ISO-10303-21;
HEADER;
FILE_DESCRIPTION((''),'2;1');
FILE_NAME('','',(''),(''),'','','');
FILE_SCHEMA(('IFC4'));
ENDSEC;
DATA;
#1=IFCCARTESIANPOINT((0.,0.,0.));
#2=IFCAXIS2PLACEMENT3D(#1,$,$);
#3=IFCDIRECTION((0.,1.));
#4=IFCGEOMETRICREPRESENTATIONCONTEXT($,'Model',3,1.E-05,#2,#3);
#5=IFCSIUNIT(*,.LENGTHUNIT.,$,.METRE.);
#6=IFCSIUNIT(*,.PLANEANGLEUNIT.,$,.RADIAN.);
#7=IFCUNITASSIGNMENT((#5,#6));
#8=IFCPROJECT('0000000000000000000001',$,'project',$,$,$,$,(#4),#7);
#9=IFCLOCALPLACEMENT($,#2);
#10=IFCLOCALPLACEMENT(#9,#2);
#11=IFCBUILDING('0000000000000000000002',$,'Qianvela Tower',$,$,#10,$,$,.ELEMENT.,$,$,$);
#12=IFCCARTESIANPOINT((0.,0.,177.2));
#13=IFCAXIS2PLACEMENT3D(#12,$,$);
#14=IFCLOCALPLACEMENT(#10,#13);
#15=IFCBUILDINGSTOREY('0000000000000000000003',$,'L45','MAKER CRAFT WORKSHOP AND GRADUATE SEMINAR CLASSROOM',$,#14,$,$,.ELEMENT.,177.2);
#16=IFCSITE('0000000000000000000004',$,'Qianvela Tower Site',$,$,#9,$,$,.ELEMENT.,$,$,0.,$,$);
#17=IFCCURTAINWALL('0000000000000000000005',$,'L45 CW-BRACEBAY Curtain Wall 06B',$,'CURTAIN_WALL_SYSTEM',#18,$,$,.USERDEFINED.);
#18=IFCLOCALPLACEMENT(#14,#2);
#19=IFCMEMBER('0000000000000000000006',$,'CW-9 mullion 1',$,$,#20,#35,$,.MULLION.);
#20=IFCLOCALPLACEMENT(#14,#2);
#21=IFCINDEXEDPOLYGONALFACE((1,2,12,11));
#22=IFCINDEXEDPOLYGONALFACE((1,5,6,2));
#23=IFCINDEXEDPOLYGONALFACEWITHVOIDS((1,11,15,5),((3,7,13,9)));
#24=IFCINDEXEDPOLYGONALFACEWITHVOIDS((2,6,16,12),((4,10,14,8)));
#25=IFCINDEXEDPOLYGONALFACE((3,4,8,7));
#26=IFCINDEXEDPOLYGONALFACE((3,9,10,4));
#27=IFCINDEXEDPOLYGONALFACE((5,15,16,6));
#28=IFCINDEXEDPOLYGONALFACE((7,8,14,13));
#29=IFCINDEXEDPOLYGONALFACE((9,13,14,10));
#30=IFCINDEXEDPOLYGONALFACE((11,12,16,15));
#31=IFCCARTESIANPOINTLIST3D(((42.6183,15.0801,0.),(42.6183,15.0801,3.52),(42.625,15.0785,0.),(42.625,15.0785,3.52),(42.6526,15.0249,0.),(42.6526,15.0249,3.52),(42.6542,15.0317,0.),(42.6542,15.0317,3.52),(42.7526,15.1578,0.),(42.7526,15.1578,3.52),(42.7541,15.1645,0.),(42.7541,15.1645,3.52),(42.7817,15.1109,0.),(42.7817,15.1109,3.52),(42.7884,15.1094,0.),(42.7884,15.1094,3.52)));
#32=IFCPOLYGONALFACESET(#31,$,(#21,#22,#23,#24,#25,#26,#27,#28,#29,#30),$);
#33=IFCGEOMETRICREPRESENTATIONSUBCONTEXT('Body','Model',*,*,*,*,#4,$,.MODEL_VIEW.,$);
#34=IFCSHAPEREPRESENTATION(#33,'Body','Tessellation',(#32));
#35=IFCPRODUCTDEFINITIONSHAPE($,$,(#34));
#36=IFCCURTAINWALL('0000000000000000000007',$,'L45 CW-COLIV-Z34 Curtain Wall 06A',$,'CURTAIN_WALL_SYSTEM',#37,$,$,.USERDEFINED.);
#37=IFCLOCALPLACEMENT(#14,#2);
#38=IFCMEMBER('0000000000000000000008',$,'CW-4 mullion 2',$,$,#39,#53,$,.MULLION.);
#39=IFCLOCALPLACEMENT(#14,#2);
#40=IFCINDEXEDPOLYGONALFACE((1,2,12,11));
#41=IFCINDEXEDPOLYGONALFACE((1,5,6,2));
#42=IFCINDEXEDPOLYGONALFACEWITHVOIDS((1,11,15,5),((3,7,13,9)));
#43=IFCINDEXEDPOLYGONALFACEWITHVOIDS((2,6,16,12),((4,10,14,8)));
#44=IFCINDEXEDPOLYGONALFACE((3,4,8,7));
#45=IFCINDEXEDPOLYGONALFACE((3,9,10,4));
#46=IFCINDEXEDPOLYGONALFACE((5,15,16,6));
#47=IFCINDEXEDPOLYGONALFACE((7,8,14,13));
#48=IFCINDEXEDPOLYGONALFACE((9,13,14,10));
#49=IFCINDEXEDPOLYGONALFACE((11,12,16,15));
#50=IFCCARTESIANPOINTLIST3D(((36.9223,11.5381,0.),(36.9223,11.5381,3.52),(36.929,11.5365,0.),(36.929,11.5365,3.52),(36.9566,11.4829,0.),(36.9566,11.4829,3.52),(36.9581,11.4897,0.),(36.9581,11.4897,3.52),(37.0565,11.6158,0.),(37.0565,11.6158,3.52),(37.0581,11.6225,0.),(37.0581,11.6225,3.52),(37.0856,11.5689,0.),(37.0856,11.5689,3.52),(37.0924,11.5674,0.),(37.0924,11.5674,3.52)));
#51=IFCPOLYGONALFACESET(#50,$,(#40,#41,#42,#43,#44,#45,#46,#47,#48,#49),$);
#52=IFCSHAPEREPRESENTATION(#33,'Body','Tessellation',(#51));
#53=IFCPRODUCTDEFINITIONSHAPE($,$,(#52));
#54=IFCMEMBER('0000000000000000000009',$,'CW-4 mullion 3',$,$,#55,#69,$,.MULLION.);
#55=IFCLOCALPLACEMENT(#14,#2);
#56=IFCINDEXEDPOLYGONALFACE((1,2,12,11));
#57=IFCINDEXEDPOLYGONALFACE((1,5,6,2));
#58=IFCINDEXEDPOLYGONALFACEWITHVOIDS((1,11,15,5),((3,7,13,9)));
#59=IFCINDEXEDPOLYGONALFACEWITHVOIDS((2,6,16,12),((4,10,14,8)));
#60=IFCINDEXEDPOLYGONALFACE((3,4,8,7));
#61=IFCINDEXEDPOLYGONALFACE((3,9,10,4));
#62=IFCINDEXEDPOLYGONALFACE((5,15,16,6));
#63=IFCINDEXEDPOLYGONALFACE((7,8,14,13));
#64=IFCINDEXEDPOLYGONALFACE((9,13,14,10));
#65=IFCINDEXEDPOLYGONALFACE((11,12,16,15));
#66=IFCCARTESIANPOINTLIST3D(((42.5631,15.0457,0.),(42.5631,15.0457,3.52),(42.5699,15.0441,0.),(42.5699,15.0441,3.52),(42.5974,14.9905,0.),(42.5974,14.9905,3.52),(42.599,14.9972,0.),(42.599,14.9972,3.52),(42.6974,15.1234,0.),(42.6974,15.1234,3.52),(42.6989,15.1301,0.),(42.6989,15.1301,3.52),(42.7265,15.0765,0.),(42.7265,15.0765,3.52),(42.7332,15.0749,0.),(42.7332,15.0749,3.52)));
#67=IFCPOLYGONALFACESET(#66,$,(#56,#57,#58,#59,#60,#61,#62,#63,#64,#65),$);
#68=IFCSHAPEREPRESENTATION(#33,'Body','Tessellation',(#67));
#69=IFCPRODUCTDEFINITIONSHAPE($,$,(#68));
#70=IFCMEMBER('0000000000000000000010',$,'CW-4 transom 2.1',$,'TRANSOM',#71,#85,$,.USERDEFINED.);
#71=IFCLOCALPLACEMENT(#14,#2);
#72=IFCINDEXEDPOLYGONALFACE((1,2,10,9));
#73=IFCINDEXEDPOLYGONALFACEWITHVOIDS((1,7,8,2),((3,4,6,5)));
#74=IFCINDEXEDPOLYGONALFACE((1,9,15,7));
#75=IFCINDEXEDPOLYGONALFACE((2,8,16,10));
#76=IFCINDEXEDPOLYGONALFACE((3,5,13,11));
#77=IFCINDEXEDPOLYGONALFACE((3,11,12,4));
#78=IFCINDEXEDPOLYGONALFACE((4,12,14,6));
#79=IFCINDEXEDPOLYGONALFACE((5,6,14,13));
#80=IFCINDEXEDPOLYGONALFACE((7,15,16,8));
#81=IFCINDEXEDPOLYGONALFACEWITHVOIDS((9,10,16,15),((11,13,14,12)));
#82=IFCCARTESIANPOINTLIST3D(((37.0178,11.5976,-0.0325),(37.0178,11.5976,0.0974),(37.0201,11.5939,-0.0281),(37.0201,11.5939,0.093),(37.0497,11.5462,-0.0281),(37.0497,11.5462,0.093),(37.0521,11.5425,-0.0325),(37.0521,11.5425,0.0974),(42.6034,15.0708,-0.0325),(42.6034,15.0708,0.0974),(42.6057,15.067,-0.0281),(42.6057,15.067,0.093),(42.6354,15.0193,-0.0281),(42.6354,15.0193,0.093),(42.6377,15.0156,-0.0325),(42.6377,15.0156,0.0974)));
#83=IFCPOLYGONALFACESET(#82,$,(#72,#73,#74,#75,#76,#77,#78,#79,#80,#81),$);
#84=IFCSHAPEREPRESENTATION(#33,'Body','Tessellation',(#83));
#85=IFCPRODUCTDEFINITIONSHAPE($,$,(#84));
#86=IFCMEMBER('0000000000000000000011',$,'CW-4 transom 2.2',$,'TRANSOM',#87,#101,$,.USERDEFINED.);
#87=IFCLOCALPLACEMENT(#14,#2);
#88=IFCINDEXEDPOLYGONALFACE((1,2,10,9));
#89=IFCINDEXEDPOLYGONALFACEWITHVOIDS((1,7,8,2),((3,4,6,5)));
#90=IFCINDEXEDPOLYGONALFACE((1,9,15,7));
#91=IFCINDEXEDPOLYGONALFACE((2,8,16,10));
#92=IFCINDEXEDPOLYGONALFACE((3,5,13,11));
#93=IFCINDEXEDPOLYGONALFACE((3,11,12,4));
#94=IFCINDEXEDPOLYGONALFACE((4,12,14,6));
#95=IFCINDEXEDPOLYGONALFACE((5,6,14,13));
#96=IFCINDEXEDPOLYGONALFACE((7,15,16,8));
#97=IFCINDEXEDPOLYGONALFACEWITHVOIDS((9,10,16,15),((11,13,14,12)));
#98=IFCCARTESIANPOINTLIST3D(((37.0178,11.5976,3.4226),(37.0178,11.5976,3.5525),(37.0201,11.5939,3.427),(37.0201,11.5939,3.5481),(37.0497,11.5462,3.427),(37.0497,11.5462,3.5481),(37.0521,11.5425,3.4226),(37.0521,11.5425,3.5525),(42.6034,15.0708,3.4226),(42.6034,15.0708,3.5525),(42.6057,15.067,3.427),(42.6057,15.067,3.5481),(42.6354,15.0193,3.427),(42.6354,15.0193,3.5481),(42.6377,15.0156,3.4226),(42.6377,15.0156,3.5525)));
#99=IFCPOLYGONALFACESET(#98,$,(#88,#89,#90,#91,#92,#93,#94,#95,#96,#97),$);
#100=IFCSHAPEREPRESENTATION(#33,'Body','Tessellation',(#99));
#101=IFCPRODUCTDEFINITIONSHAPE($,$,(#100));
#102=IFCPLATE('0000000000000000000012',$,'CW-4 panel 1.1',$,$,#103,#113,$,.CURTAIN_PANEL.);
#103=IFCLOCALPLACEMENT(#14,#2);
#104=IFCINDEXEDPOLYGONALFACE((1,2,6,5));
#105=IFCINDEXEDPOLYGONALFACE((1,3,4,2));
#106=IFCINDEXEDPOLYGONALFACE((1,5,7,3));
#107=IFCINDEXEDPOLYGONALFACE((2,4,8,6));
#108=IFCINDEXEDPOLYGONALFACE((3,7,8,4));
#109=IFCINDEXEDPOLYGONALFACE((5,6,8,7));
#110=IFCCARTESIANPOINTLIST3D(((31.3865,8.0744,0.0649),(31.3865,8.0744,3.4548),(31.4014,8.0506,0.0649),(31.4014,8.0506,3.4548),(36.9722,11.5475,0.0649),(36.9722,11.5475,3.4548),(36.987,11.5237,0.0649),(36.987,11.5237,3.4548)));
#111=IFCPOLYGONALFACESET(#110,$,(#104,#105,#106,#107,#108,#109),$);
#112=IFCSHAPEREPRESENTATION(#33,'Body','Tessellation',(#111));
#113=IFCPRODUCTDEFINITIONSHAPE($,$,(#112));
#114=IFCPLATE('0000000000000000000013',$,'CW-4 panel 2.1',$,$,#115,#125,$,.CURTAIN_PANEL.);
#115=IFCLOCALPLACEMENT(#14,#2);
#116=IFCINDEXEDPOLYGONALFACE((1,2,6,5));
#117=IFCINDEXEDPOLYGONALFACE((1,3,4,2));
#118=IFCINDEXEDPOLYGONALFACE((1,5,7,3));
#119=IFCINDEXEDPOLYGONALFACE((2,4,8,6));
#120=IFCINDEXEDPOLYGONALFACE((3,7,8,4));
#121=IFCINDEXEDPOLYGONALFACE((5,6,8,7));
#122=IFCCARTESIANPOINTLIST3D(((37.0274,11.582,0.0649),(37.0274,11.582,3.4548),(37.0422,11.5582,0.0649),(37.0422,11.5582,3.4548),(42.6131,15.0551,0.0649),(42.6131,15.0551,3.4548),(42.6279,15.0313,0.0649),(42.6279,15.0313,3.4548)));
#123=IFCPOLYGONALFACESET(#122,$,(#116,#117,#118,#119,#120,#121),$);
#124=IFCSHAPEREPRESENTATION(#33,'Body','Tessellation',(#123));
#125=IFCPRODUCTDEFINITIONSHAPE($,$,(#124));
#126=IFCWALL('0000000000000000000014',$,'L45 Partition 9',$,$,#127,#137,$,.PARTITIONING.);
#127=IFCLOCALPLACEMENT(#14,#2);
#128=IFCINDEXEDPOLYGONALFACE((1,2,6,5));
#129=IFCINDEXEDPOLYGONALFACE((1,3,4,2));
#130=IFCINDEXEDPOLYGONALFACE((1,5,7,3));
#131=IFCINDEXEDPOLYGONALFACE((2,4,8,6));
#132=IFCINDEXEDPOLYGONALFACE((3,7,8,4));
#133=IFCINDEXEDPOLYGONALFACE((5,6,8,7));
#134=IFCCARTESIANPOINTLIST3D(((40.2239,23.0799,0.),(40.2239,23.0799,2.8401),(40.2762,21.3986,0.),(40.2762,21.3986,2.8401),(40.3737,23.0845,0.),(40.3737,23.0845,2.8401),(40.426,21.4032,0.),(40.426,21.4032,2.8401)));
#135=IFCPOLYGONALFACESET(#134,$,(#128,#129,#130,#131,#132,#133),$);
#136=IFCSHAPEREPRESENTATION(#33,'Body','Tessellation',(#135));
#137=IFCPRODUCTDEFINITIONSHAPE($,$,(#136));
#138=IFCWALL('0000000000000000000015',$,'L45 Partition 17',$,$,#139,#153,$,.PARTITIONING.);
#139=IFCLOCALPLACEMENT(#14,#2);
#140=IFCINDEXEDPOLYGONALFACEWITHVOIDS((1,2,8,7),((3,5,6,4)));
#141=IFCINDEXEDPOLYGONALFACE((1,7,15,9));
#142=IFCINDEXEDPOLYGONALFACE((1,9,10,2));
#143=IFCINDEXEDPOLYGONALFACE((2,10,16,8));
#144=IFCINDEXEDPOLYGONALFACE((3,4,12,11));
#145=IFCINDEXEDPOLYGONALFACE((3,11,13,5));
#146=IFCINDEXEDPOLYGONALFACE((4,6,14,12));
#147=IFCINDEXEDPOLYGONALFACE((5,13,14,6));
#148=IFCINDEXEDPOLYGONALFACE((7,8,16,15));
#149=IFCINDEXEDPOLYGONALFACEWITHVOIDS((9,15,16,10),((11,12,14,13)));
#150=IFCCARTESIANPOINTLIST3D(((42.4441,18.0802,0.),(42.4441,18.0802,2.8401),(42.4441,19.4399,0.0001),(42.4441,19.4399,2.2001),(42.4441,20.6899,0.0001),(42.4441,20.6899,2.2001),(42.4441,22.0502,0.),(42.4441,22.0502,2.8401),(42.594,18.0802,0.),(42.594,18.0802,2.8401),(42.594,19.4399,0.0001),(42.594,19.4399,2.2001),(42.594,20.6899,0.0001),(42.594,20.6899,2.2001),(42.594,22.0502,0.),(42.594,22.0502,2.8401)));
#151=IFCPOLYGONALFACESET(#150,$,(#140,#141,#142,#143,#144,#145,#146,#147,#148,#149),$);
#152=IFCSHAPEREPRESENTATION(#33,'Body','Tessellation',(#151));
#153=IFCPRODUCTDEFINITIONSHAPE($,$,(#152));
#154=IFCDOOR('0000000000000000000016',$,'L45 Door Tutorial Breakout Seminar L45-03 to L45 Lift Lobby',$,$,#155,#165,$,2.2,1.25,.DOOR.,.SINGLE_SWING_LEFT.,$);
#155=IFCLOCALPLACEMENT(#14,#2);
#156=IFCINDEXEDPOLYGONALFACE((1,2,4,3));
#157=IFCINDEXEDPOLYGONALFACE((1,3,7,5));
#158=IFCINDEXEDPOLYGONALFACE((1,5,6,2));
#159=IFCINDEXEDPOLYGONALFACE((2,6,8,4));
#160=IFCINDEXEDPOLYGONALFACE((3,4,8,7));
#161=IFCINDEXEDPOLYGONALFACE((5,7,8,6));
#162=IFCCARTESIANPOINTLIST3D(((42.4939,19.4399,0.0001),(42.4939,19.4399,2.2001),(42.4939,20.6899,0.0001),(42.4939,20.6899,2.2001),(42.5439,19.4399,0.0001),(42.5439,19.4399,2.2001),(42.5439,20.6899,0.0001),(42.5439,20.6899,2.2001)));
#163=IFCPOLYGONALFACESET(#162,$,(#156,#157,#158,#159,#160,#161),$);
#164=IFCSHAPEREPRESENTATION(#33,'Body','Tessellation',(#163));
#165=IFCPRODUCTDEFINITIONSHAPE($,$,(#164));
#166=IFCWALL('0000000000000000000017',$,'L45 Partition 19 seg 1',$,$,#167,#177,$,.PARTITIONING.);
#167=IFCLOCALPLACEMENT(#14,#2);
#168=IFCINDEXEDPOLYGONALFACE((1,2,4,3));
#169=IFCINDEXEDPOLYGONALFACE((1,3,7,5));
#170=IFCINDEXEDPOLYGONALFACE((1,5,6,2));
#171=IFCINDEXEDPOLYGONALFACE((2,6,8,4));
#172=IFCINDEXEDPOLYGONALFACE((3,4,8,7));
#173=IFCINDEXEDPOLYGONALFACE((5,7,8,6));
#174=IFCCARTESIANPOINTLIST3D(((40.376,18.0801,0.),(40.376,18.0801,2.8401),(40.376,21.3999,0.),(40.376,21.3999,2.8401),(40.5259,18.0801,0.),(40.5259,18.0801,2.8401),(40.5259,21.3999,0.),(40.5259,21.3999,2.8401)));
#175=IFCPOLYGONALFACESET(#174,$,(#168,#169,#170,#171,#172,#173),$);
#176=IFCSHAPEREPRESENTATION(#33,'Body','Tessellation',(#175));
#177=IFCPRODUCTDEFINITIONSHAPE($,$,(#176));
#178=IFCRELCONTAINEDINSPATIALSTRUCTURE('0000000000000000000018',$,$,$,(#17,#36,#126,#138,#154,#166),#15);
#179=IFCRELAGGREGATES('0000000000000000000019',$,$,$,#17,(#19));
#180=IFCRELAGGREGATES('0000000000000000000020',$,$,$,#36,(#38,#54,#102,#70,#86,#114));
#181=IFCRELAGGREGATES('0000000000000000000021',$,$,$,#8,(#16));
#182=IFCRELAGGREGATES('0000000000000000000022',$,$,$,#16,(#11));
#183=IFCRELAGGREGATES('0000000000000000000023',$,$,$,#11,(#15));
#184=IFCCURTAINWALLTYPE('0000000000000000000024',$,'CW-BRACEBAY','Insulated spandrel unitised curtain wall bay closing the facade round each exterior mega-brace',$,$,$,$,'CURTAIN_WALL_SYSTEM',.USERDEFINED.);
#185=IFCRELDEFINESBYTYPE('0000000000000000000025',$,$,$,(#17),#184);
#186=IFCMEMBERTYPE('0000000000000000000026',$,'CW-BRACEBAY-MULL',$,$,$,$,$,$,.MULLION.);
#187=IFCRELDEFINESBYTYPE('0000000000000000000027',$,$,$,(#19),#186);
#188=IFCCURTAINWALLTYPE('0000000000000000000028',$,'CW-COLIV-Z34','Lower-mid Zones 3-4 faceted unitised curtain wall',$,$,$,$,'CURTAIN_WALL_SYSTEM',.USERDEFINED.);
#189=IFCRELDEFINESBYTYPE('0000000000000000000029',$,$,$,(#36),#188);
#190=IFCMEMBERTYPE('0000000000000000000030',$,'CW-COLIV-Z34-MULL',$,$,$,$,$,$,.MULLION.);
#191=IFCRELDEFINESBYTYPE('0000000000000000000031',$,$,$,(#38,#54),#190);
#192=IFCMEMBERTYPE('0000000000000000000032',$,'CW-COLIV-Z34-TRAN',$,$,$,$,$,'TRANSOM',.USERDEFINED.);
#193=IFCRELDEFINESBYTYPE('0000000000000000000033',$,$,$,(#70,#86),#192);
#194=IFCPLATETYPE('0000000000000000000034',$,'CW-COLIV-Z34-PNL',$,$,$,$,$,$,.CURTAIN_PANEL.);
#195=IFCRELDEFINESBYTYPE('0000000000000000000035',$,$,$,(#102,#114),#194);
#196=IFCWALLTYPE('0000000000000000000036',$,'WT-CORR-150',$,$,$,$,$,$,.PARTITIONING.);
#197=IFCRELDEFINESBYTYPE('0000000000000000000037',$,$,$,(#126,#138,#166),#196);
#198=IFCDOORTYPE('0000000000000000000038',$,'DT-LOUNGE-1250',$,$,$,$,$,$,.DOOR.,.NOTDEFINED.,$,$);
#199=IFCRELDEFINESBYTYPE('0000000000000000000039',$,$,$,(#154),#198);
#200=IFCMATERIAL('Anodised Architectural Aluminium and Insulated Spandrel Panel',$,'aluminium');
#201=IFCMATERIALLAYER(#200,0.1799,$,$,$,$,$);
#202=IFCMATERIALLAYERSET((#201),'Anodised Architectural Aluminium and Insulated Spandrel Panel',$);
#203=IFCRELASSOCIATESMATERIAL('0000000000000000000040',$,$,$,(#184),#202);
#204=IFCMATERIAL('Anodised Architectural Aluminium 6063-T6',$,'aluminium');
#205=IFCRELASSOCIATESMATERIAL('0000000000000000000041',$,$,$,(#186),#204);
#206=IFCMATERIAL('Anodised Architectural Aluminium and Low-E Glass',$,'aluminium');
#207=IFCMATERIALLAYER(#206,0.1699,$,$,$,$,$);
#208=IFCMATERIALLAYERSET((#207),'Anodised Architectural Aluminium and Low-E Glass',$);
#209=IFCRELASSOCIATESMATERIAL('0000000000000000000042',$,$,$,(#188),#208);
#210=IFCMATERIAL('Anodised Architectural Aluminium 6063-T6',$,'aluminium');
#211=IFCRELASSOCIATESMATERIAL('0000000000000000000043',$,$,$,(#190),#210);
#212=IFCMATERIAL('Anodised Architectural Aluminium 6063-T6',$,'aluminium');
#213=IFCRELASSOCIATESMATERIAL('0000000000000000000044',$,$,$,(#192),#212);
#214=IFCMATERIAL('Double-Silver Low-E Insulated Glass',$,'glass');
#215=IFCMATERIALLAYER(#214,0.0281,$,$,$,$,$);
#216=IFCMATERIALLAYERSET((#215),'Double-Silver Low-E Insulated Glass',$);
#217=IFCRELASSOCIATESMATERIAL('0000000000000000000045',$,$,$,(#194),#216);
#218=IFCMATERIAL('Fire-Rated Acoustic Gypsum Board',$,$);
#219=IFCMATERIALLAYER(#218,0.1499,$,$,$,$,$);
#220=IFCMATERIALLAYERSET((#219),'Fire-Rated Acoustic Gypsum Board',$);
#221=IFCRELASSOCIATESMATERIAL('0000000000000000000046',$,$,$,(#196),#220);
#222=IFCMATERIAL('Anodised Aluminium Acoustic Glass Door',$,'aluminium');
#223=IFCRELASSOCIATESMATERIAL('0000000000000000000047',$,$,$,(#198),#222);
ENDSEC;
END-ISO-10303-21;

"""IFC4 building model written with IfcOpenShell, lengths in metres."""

from ifc_helpers import new_model, si_unit, direction, frame, frame_2d, origin, origin_2d, place, context, subcontext, project, spatial, rectangle, hollow_rectangle, extrude, material, layer, layer_set, material_profile, profile_set, type_object, element, fill, aggregate, save


model = new_model("IFC4")

# Units and contexts
model_context = context("Model", 3, precision=1e-05, world=origin(), true_north=direction((0.0, 1.0)))
body_context = subcontext(model_context, "Body", "Model", "MODEL_VIEW")
ifc_project = project(units=[si_unit("LENGTHUNIT", "METRE"), si_unit("PLANEANGLEUNIT", "RADIAN")], contexts=[model_context])

# Site, building, storey
site_placement = place(None, origin())
site = spatial("IfcSite", under=ifc_project, at=site_placement, Name="Qianvela Tower Site", CompositionType="ELEMENT", RefElevation=0.0)
building_placement = place(site_placement, origin())
building = spatial("IfcBuilding", under=site, at=building_placement, Name="Qianvela Tower", CompositionType="ELEMENT")
storey_placement = place(building_placement, frame((0.0, 0.0, 177.2)))
storey = spatial("IfcBuildingStorey", under=building, at=storey_placement, Name="L45", Description="MAKER CRAFT WORKSHOP AND GRADUATE SEMINAR CLASSROOM", CompositionType="ELEMENT", Elevation=177.2)

# Curtain wall, member
ifc_material_1 = material(Name="Anodised Architectural Aluminium and Insulated Spandrel Panel", Category="aluminium")
ifc_layer_1 = layer(ifc_material_1, 0.1799)
ifc_layer_set_1 = layer_set([ifc_layer_1], Name="Anodised Architectural Aluminium and Insulated Spandrel Panel")
curtain_wall_type_1 = type_object("IfcCurtainWallType", Name="CW-BRACEBAY", Description="Insulated spandrel unitised curtain wall bay closing the facade round each exterior mega-brace", ElementType="CURTAIN_WALL_SYSTEM", PredefinedType="USERDEFINED", material=ifc_layer_set_1)
curtain_wall_1_placement = place(storey_placement, origin())
curtain_wall_1 = element("IfcCurtainWall", 1, at=curtain_wall_1_placement, inside=storey, type_object=curtain_wall_type_1, Name="L45 CW-BRACEBAY Curtain Wall 06B", ObjectType="CURTAIN_WALL_SYSTEM", PredefinedType="USERDEFINED")
ifc_material_2 = material(Name="Anodised Architectural Aluminium 6063-T6", Category="aluminium")
ifc_material_profile_1 = material_profile(ifc_material_2, hollow_rectangle(XDim=0.0649, YDim=0.1599, WallThickness=0.0049, at=origin_2d()), Name="ALU-MULL-65x160")
ifc_profile_set_1 = profile_set([ifc_material_profile_1], Name="Anodised Architectural Aluminium 6063-T6")
member_type_1 = type_object("IfcMemberType", Name="CW-BRACEBAY-MULL", PredefinedType="MULLION", material=ifc_profile_set_1)
member_1_placement = place(storey_placement, frame((42.7034, 15.0947, 0.0), z_axis=(0.0, 0.0, 1.0), x_axis=(-0.528046, 0.849215, 0.0)))
member_1 = element("IfcMember", 2, at=member_1_placement, type_object=member_type_1, Name="CW-9 mullion 1", PredefinedType="MULLION", context=body_context, shape_type="SweptSolid", body=[
    extrude(hollow_rectangle(XDim=0.0649, YDim=0.1599, WallThickness=0.0049, at=origin_2d()), origin(), (0.0, 0.0, 1.0), 3.52),
])
aggregate(curtain_wall_1, [member_1])

# Curtain wall, members, plates
ifc_material_3 = material(Name="Anodised Architectural Aluminium and Low-E Glass", Category="aluminium")
ifc_layer_2 = layer(ifc_material_3, 0.1699)
ifc_layer_set_2 = layer_set([ifc_layer_2], Name="Anodised Architectural Aluminium and Low-E Glass")
curtain_wall_type_2 = type_object("IfcCurtainWallType", Name="CW-COLIV-Z34", Description="Lower-mid Zones 3-4 faceted unitised curtain wall", ElementType="CURTAIN_WALL_SYSTEM", PredefinedType="USERDEFINED", material=ifc_layer_set_2)
curtain_wall_2_placement = place(storey_placement, origin())
curtain_wall_2 = element("IfcCurtainWall", 3, at=curtain_wall_2_placement, inside=storey, type_object=curtain_wall_type_2, Name="L45 CW-COLIV-Z34 Curtain Wall 06A", ObjectType="CURTAIN_WALL_SYSTEM", PredefinedType="USERDEFINED")
ifc_material_4 = material(Name="Anodised Architectural Aluminium 6063-T6", Category="aluminium")
ifc_material_profile_2 = material_profile(ifc_material_4, hollow_rectangle(XDim=0.0649, YDim=0.1599, WallThickness=0.0049, at=origin_2d()), Name="ALU-MULL-65x160")
ifc_profile_set_2 = profile_set([ifc_material_profile_2], Name="Anodised Architectural Aluminium 6063-T6")
member_type_2 = type_object("IfcMemberType", Name="CW-COLIV-Z34-MULL", PredefinedType="MULLION", material=ifc_profile_set_2)
member_2_placement = place(storey_placement, frame((37.0073, 11.5527, 0.0), z_axis=(0.0, 0.0, 1.0), x_axis=(-0.528038, 0.849221, 0.0)))
member_2 = element("IfcMember", 4, at=member_2_placement, type_object=member_type_2, Name="CW-4 mullion 2", PredefinedType="MULLION", context=body_context, shape_type="SweptSolid", body=[
    extrude(hollow_rectangle(XDim=0.0649, YDim=0.1599, WallThickness=0.0049, at=origin_2d()), origin(), (0.0, 0.0, 1.0), 3.52),
])
member_3_placement = place(storey_placement, frame((42.6482, 15.0603, 0.0), z_axis=(0.0, 0.0, 1.0), x_axis=(-0.528038, 0.849221, 0.0)))
member_3 = element("IfcMember", 5, at=member_3_placement, type_object=member_type_2, Name="CW-4 mullion 3", PredefinedType="MULLION", context=body_context, shape_type="SweptSolid", body=[
    extrude(hollow_rectangle(XDim=0.0649, YDim=0.1599, WallThickness=0.0049, at=origin_2d()), origin(), (0.0, 0.0, 1.0), 3.52),
])
ifc_material_5 = material(Name="Anodised Architectural Aluminium 6063-T6", Category="aluminium")
ifc_material_profile_3 = material_profile(ifc_material_5, hollow_rectangle(XDim=0.0649, YDim=0.1299, WallThickness=0.0044, at=origin_2d()), Name="ALU-TRAN-65x130")
ifc_profile_set_3 = profile_set([ifc_material_profile_3], Name="Anodised Architectural Aluminium 6063-T6")
member_type_3 = type_object("IfcMemberType", Name="CW-COLIV-Z34-TRAN", ElementType="TRANSOM", PredefinedType="USERDEFINED", material=ifc_profile_set_3)
member_4_placement = place(storey_placement, frame((37.0349, 11.5701, 0.0325), z_axis=(0.84922, 0.528039, 0.0), x_axis=(-0.528039, 0.84922, 0.0)))
member_4 = element("IfcMember", 6, at=member_4_placement, type_object=member_type_3, Name="CW-4 transom 2.1", ObjectType="TRANSOM", PredefinedType="USERDEFINED", context=body_context, shape_type="SweptSolid", body=[
    extrude(hollow_rectangle(XDim=0.0649, YDim=0.1299, WallThickness=0.0044, at=origin_2d()), origin(), (0.0, 0.0, 1.0), 6.5774),
])
member_5_placement = place(storey_placement, frame((37.0349, 11.5701, 3.4875), z_axis=(0.84922, 0.528039, 0.0), x_axis=(-0.528039, 0.84922, 0.0)))
member_5 = element("IfcMember", 7, at=member_5_placement, type_object=member_type_3, Name="CW-4 transom 2.2", ObjectType="TRANSOM", PredefinedType="USERDEFINED", context=body_context, shape_type="SweptSolid", body=[
    extrude(hollow_rectangle(XDim=0.0649, YDim=0.1299, WallThickness=0.0044, at=origin_2d()), origin(), (0.0, 0.0, 1.0), 6.5774),
])
ifc_material_6 = material(Name="Double-Silver Low-E Insulated Glass", Category="glass")
ifc_layer_3 = layer(ifc_material_6, 0.0281)
ifc_layer_set_3 = layer_set([ifc_layer_3], Name="Double-Silver Low-E Insulated Glass")
plate_type = type_object("IfcPlateType", Name="CW-COLIV-Z34-PNL", PredefinedType="CURTAIN_PANEL", material=ifc_layer_set_3)
plate_1_placement = place(storey_placement, frame((34.1868, 9.7991, 0.0649), z_axis=(0.0, 0.0, 1.0), x_axis=(0.849221, 0.528038, 0.0)))
plate_1 = element("IfcPlate", 8, at=plate_1_placement, type_object=plate_type, Name="CW-4 panel 1.1", PredefinedType="CURTAIN_PANEL", context=body_context, shape_type="SweptSolid", body=[
    extrude(rectangle(XDim=6.5774, YDim=0.0281, at=origin_2d()), origin(), (0.0, 0.0, 1.0), 3.3899),
])
plate_2_placement = place(storey_placement, frame((39.8276, 13.3066, 0.0649), z_axis=(0.0, 0.0, 1.0), x_axis=(0.849221, 0.528038, 0.0)))
plate_2 = element("IfcPlate", 9, at=plate_2_placement, type_object=plate_type, Name="CW-4 panel 2.1", PredefinedType="CURTAIN_PANEL", context=body_context, shape_type="SweptSolid", body=[
    extrude(rectangle(XDim=6.5774, YDim=0.0281, at=origin_2d()), origin(), (0.0, 0.0, 1.0), 3.3899),
])
aggregate(curtain_wall_2, [member_2, member_3, plate_1, member_4, member_5, plate_2])

# Shared definitions
ifc_material_7 = material(Name="Fire-Rated Acoustic Gypsum Board")
ifc_layer_4 = layer(ifc_material_7, 0.1499)
ifc_layer_set_4 = layer_set([ifc_layer_4], Name="Fire-Rated Acoustic Gypsum Board")
wall_type_1 = type_object("IfcWallType", Name="WT-CORR-150", PredefinedType="PARTITIONING", material=ifc_layer_set_4)

# Wall
wall_1_placement = place(storey_placement, frame((40.3511, 21.4009, 0.0), z_axis=(0.0, 0.0, 1.0), x_axis=(-0.031058, 0.999518, 0.0)))
element("IfcWall", 10, at=wall_1_placement, inside=storey, type_object=wall_type_1, Name="L45 Partition 9", PredefinedType="PARTITIONING", context=body_context, shape_type="SweptSolid", body=[
    extrude(rectangle(XDim=1.6821, YDim=0.1499, at=frame_2d((0.8411, 0.0))), origin(), (0.0, 0.0, 1.0), 2.8401),
])

# Wall, opening, door
wall_2_placement = place(storey_placement, frame((42.519, 22.05, 0.0), z_axis=(0.0, 0.0, 1.0), x_axis=(0.0, -1.0, 0.0)))
wall_2 = element("IfcWall", 11, at=wall_2_placement, inside=storey, type_object=wall_type_1, Name="L45 Partition 17", PredefinedType="PARTITIONING", context=body_context, shape_type="SweptSolid", body=[
    extrude(rectangle(XDim=3.97, YDim=0.1499, at=frame_2d((1.9849, 0.0))), origin(), (0.0, 0.0, 1.0), 2.8401),
])
opening_1_placement = place(wall_2_placement, frame((1.3601, 0.0, 0.0)))
opening_1 = element("IfcOpeningElement", 12, at=opening_1_placement, cuts=wall_2, PredefinedType="OPENING", context=body_context, shape_type="SweptSolid", body=[
    extrude(rectangle(XDim=1.25, YDim=2.2, at=frame_2d((0.625, 1.1001))), frame((0.0, 0.085, 0.0), z_axis=(0.0, -1.0, 0.0), x_axis=(1.0, 0.0, 0.0)), (0.0, 0.0, 1.0), 0.1699),
])
ifc_material_8 = material(Name="Anodised Aluminium Acoustic Glass Door", Category="aluminium")
door_type_1 = type_object("IfcDoorType", Name="DT-LOUNGE-1250", OperationType="NOTDEFINED", PredefinedType="DOOR", material=ifc_material_8)
door_1_placement = place(opening_1_placement, origin())
door_1 = element("IfcDoor", 13, at=door_1_placement, inside=storey, type_object=door_type_1, Name="L45 Door Tutorial Breakout Seminar L45-03 to L45 Lift Lobby", OperationType="SINGLE_SWING_LEFT", OverallHeight=2.2, OverallWidth=1.25, PredefinedType="DOOR", context=body_context, shape_type="SweptSolid", body=[
    extrude(rectangle(XDim=1.25, YDim=2.2, at=frame_2d((0.625, 1.1001))), frame((0.0, 0.0249, 0.0), z_axis=(0.0, -1.0, 0.0), x_axis=(1.0, 0.0, 0.0)), (0.0, 0.0, 1.0), 0.05),
])
fill(opening_1, door_1)

# Wall
wall_3_placement = place(storey_placement, frame((40.4509, 18.0801, 0.0), z_axis=(0.0, 0.0, 1.0), x_axis=(0.0, 1.0, 0.0)))
element("IfcWall", 14, at=wall_3_placement, inside=storey, type_object=wall_type_1, Name="L45 Partition 19 seg 1", PredefinedType="PARTITIONING", context=body_context, shape_type="SweptSolid", body=[
    extrude(rectangle(XDim=3.3198, YDim=0.1499, at=frame_2d((1.6599, 0.0))), origin(), (0.0, 0.0, 1.0), 2.8401),
])

save(model, "model.ifc")
